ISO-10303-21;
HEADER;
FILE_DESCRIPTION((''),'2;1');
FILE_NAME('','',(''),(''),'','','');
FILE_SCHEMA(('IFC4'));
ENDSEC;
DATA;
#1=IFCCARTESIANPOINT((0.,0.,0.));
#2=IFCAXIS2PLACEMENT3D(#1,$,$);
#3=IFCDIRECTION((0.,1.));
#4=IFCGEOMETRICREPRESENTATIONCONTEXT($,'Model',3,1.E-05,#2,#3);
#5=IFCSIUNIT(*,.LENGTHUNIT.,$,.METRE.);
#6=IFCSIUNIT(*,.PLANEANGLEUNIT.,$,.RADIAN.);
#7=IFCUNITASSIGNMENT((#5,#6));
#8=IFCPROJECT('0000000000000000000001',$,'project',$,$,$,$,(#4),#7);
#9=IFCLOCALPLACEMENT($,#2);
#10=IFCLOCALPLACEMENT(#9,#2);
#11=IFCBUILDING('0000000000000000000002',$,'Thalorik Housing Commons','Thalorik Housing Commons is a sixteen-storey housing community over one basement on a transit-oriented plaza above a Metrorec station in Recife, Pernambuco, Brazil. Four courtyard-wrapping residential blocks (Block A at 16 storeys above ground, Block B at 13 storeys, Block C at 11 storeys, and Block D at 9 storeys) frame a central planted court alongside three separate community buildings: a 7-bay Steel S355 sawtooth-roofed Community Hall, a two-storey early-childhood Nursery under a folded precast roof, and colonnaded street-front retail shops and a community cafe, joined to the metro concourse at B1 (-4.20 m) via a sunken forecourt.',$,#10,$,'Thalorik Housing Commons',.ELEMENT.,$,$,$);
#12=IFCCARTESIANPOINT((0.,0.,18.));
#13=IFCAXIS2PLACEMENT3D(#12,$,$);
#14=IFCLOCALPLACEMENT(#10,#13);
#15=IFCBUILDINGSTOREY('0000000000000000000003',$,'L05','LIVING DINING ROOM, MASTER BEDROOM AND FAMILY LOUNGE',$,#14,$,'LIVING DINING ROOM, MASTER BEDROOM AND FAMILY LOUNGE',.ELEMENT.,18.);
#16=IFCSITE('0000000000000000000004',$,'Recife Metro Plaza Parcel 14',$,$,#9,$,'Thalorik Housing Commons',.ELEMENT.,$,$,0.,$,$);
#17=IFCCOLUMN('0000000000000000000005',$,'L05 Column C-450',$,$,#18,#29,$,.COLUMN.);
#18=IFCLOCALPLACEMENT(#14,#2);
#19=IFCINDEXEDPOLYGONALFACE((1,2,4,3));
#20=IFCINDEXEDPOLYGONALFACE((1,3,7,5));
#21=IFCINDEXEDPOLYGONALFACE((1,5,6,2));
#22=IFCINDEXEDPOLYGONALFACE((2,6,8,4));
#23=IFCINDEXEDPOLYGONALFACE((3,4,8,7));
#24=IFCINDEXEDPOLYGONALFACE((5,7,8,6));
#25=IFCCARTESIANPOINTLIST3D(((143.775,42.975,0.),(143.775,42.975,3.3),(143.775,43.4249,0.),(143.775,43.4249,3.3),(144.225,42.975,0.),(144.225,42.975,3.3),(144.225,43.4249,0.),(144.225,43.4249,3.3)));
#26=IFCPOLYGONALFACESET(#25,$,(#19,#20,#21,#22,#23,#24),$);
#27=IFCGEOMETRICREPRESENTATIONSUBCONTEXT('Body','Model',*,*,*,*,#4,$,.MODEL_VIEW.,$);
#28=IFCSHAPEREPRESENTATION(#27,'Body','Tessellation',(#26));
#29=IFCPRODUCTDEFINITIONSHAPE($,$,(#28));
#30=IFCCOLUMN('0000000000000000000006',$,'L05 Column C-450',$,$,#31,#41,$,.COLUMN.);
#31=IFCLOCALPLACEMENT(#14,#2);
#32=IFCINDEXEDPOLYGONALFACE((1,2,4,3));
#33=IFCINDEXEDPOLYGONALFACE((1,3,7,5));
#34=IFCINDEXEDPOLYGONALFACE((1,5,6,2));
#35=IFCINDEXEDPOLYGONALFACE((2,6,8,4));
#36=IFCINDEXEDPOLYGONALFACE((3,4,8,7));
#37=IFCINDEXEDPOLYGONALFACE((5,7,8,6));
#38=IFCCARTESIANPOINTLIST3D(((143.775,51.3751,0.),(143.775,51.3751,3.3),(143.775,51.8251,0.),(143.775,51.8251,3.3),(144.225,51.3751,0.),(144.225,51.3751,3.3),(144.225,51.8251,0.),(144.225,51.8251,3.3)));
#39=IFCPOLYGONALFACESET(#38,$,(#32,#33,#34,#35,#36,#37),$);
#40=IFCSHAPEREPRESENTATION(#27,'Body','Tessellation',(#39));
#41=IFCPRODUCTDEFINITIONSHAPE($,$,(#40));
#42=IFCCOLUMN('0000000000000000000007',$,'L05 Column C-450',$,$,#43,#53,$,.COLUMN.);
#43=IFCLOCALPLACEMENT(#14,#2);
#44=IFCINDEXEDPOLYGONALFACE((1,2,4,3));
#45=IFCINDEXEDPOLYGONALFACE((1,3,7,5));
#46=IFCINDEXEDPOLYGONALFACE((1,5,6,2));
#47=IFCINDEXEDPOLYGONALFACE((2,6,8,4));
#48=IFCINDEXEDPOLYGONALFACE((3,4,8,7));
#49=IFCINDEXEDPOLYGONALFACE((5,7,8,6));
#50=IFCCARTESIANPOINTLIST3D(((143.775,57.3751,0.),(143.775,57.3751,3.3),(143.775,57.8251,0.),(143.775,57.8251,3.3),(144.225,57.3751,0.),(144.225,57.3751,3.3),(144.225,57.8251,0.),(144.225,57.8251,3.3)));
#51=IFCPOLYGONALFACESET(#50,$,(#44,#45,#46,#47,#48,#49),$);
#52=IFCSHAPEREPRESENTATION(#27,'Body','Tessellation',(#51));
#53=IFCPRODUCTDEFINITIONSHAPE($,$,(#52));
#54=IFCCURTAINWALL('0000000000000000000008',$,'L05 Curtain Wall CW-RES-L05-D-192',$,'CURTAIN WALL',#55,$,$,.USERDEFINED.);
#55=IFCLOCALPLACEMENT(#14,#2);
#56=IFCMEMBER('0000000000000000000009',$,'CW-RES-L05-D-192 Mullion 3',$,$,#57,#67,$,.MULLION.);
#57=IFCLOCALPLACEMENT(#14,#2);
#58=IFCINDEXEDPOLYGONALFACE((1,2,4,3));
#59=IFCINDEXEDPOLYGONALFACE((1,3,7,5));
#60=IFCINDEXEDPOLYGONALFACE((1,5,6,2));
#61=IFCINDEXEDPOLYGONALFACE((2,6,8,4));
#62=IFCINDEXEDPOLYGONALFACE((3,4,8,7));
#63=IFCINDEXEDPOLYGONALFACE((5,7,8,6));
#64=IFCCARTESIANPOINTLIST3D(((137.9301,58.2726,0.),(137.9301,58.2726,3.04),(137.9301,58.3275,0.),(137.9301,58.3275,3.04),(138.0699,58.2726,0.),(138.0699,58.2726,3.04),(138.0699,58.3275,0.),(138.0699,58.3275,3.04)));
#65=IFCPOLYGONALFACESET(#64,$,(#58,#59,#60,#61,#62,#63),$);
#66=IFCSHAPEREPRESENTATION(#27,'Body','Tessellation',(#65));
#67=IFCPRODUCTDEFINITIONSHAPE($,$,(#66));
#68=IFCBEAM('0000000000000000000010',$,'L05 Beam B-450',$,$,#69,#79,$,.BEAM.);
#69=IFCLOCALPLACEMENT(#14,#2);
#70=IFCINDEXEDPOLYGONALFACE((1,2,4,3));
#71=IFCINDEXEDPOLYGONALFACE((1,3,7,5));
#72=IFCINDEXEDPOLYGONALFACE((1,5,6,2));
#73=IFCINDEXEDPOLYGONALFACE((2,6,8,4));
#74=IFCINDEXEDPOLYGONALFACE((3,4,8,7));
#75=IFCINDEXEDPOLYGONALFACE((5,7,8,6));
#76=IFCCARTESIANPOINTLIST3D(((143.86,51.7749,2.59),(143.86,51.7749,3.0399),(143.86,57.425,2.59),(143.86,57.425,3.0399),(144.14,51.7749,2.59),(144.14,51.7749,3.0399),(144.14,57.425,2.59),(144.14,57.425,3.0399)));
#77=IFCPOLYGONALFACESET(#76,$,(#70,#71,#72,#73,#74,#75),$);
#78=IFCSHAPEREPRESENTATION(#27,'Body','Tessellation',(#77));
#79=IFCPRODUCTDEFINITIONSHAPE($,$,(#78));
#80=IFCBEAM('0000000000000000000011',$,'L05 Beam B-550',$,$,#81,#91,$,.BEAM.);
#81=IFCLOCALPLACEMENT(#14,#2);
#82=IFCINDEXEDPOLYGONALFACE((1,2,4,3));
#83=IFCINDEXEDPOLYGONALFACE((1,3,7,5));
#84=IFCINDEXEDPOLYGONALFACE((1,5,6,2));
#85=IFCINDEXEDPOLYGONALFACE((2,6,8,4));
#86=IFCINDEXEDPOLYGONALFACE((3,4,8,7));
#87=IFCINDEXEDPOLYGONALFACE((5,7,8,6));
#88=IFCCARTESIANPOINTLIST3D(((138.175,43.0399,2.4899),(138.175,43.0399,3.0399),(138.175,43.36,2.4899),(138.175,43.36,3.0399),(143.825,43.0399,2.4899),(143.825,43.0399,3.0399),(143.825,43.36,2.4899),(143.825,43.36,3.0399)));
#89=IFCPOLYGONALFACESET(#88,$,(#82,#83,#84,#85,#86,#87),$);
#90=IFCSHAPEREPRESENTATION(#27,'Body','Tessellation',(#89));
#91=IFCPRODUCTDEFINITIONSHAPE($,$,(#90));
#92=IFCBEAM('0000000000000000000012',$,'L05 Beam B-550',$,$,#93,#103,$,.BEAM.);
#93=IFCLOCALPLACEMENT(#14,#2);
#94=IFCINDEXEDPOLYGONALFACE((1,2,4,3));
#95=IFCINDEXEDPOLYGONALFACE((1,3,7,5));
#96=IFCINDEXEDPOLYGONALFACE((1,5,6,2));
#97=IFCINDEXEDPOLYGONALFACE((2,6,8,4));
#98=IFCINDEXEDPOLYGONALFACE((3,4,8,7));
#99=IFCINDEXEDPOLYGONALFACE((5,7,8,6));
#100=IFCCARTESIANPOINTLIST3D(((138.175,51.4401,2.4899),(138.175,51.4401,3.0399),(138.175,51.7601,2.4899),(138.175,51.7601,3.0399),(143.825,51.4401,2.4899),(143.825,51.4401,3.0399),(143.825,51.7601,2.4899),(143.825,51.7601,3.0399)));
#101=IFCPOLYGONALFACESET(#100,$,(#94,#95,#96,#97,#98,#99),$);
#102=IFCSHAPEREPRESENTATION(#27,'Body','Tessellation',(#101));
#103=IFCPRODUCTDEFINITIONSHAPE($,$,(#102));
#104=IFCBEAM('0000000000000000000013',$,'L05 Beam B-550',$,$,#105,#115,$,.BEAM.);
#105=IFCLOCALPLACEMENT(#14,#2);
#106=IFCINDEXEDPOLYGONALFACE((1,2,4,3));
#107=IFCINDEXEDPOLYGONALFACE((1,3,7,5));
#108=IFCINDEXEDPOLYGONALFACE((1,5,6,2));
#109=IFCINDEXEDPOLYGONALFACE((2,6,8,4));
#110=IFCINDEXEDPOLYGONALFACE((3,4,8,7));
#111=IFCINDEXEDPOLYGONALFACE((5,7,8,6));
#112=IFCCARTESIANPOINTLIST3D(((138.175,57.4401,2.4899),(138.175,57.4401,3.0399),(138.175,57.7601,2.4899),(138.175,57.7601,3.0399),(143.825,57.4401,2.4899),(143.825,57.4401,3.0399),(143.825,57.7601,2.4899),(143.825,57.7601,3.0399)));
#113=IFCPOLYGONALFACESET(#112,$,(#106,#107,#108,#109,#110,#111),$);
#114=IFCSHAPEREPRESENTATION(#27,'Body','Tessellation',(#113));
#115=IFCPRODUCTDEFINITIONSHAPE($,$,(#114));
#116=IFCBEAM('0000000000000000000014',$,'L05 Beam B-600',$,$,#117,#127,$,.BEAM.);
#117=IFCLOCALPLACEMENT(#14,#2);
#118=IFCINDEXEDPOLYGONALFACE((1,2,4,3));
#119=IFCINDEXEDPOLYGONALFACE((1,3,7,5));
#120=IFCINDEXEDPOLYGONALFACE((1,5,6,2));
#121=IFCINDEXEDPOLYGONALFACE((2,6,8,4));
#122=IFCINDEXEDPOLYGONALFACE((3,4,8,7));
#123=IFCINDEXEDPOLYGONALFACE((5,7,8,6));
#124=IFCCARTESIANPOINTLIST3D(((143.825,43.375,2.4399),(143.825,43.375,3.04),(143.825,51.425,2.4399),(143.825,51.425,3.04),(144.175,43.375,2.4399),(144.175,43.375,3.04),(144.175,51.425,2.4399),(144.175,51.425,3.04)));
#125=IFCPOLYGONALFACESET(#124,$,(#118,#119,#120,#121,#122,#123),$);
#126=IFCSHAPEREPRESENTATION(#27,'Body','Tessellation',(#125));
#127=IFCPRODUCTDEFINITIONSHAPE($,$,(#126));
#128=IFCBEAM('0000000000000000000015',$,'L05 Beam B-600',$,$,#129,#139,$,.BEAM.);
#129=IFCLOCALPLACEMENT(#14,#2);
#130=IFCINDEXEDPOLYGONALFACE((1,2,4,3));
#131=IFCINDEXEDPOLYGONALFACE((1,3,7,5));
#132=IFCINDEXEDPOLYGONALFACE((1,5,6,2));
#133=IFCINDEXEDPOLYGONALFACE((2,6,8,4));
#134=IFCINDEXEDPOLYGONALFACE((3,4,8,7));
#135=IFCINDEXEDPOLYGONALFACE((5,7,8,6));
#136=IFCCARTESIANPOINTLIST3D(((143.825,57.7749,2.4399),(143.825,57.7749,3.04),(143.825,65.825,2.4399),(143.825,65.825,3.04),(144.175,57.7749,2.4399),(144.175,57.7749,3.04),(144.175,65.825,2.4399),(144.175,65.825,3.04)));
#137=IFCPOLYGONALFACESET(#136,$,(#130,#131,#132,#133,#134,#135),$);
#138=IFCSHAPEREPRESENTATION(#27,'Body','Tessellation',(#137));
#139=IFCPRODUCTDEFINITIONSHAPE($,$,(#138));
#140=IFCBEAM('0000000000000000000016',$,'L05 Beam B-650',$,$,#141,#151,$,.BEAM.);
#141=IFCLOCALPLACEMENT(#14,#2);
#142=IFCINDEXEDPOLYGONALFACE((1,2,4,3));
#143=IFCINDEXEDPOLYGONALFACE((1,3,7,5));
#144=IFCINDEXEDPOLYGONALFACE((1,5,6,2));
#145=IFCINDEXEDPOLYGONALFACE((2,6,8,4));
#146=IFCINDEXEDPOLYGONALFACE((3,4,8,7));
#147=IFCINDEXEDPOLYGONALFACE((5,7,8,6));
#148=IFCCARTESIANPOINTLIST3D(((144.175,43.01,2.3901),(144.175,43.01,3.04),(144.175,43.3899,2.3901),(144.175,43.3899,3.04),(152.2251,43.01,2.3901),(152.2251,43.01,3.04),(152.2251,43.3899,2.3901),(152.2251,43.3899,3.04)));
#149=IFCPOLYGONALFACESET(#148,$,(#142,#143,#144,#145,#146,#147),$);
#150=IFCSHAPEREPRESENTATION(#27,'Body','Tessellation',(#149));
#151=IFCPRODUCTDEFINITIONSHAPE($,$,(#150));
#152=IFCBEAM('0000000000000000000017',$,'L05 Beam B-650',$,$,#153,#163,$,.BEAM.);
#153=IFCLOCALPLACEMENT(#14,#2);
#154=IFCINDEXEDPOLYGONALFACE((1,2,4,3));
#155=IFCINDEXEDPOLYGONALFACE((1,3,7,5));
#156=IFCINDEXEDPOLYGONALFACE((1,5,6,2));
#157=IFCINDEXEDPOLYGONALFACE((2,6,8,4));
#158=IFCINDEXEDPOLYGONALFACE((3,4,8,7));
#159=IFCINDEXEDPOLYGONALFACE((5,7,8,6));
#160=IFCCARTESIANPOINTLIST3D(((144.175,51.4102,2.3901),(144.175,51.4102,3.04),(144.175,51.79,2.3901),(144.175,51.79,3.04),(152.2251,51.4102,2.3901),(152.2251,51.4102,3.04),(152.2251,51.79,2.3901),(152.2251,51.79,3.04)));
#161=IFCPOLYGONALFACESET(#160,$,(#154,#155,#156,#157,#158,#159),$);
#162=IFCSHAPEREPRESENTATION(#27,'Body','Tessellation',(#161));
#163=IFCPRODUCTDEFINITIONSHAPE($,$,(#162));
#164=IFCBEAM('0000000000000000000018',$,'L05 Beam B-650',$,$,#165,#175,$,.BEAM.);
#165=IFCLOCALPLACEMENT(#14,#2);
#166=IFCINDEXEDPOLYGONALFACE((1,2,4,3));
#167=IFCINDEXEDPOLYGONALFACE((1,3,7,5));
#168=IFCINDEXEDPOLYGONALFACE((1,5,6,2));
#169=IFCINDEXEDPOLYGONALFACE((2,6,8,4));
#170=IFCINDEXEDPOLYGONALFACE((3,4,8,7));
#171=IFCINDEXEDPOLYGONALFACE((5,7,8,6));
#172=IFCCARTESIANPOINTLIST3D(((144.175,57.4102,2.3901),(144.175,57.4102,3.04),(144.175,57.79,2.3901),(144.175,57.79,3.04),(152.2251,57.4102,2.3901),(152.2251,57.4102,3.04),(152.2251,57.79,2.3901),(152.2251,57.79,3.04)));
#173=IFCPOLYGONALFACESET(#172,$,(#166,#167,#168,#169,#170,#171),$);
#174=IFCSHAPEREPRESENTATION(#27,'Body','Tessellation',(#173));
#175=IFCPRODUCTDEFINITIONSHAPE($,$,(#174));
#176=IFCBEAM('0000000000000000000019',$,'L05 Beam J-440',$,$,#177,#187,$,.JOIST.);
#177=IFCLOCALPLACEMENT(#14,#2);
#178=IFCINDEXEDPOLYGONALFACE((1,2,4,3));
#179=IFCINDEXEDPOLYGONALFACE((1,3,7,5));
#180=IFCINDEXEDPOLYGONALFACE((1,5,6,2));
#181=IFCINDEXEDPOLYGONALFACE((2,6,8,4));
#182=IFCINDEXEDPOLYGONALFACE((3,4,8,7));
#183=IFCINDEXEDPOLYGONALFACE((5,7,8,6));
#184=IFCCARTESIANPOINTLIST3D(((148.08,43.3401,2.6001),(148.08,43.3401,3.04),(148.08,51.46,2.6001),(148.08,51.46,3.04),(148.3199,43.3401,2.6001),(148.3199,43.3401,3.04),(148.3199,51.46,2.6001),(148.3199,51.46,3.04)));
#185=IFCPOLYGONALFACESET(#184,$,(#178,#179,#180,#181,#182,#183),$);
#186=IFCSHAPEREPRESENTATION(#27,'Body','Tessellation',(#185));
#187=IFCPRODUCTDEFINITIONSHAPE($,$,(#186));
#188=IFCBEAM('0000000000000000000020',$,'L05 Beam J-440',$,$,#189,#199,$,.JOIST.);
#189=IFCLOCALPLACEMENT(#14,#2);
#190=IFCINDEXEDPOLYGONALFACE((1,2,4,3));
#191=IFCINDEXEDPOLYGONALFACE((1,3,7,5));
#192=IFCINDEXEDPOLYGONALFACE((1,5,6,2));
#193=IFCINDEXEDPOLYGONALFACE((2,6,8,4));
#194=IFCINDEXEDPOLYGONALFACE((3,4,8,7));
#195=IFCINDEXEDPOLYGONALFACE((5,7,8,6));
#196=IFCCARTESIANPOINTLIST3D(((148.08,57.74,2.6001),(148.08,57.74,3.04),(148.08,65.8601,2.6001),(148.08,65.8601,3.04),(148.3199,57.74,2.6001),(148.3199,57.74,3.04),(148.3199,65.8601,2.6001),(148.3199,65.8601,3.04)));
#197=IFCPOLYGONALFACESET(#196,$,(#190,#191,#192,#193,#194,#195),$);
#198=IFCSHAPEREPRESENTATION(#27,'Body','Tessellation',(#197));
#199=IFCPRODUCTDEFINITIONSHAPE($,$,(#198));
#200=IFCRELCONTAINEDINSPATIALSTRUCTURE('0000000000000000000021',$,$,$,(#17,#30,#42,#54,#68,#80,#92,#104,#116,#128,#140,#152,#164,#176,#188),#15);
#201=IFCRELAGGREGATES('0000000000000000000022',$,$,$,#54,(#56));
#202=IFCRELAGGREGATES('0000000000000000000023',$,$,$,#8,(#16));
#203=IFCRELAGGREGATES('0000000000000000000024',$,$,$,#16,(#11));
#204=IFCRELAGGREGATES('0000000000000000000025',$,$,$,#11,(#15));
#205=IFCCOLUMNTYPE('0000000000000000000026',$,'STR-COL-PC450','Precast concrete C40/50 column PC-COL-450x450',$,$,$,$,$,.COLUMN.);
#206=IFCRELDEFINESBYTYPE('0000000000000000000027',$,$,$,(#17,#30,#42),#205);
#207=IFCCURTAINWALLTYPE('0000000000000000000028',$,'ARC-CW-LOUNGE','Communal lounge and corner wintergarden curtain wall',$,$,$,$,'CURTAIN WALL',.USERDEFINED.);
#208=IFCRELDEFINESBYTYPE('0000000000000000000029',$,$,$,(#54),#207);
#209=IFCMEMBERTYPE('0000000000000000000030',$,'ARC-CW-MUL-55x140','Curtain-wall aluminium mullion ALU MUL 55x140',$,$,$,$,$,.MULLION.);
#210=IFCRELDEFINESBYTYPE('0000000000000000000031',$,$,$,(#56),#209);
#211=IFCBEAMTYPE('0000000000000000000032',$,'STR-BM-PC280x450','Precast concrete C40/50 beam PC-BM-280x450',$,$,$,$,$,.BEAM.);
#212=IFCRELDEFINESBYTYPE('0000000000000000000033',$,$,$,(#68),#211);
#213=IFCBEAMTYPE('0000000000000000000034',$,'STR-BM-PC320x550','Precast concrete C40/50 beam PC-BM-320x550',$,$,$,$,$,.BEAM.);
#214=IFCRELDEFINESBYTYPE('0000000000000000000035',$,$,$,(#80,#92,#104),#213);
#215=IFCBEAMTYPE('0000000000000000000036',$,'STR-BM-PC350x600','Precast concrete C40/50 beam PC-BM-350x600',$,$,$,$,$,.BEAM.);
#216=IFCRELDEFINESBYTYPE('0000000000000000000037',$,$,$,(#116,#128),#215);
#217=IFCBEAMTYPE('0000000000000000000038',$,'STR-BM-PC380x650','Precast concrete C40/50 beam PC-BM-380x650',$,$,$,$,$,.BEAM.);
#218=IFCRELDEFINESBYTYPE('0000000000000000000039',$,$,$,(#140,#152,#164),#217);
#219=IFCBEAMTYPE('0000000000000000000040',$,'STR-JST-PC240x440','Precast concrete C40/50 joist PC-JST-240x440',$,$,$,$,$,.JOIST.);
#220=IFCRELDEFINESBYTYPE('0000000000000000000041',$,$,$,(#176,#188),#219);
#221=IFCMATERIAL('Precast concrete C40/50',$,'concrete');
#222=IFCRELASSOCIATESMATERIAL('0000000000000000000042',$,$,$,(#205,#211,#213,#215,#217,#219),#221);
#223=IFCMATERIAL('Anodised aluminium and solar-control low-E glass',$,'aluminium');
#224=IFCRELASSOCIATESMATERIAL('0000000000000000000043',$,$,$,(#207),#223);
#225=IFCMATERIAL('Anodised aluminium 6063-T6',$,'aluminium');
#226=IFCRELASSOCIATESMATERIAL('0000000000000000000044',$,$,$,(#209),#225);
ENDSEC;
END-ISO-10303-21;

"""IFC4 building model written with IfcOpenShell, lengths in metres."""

from ifc_helpers import new_model, si_unit, direction, frame, origin, origin_2d, place, context, subcontext, project, spatial, rectangle, extrude, material, material_profile, profile_set, type_object, element, aggregate, save


model = new_model("IFC4")

# Units and contexts
model_context = context("Model", 3, precision=1e-05, world=origin(), true_north=direction((0.0, 1.0)))
body_context = subcontext(model_context, "Body", "Model", "MODEL_VIEW")
ifc_project = project(units=[si_unit("LENGTHUNIT", "METRE"), si_unit("PLANEANGLEUNIT", "RADIAN")], contexts=[model_context])

# Site, building, storey
site_placement = place(None, origin())
site = spatial("IfcSite", under=ifc_project, at=site_placement, Name="Recife Metro Plaza Parcel 14", LongName="Thalorik Housing Commons", CompositionType="ELEMENT", RefElevation=0.0)
building_placement = place(site_placement, origin())
building = spatial("IfcBuilding", under=site, at=building_placement, Name="Thalorik Housing Commons", Description="Thalorik Housing Commons is a sixteen-storey housing community over one basement on a transit-oriented plaza above a Metrorec station in Recife, Pernambuco, Brazil. Four courtyard-wrapping residential blocks (Block A at 16 storeys above ground, Block B at 13 storeys, Block C at 11 storeys, and Block D at 9 storeys) frame a central planted court alongside three separate community buildings: a 7-bay Steel S355 sawtooth-roofed Community Hall, a two-storey early-childhood Nursery under a folded precast roof, and colonnaded street-front retail shops and a community cafe, joined to the metro concourse at B1 (-4.20 m) via a sunken forecourt.", LongName="Thalorik Housing Commons", CompositionType="ELEMENT")
storey_placement = place(building_placement, frame((0.0, 0.0, 18.0)))
storey = spatial("IfcBuildingStorey", under=building, at=storey_placement, Name="L05", Description="LIVING DINING ROOM, MASTER BEDROOM AND FAMILY LOUNGE", LongName="LIVING DINING ROOM, MASTER BEDROOM AND FAMILY LOUNGE", CompositionType="ELEMENT", Elevation=18.0)

# Columns
ifc_material_1 = material(Name="Precast concrete C40/50", Category="concrete")
ifc_material_profile_1 = material_profile(ifc_material_1, rectangle(XDim=0.45, YDim=0.45, at=origin_2d()), Name="PC 450x450", Category="concrete")
ifc_profile_set_1 = profile_set([ifc_material_profile_1], Name="Precast concrete C40/50")
column_type = type_object("IfcColumnType", Name="STR-COL-PC450", Description="Precast concrete C40/50 column PC-COL-450x450", PredefinedType="COLUMN", material=ifc_profile_set_1)
for number, where, z_axis, x_axis, name in (
    (1, (144.0, 43.2, 0.0), (0.0, 0.0, 1.0), (1.0, 0.0, 0.0), "L05 Column C-450"),
    (2, (144.0, 51.6001, 0.0), (0.0, 0.0, 1.0), (1.0, 0.0, 0.0), "L05 Column C-450"),
    (3, (144.0, 57.6001, 0.0), (0.0, 0.0, 1.0), (1.0, 0.0, 0.0), "L05 Column C-450"),
):
    element("IfcColumn", number, at=place(storey_placement, frame(where, z_axis=z_axis, x_axis=x_axis)), inside=storey, type_object=column_type, Name=name, PredefinedType="COLUMN", context=body_context, shape_type="SweptSolid", body=[
        extrude(rectangle(XDim=0.45, YDim=0.45, at=origin_2d()), origin(), (0.0, 0.0, 1.0), 3.3),
    ])

# Curtain wall, member
ifc_material_2 = material(Name="Anodised aluminium and solar-control low-E glass", Category="aluminium")
curtain_wall_type = type_object("IfcCurtainWallType", Name="ARC-CW-LOUNGE", Description="Communal lounge and corner wintergarden curtain wall", ElementType="CURTAIN WALL", PredefinedType="USERDEFINED", material=ifc_material_2)
curtain_wall_placement = place(storey_placement, origin())
curtain_wall = element("IfcCurtainWall", 4, at=curtain_wall_placement, inside=storey, type_object=curtain_wall_type, Name="L05 Curtain Wall CW-RES-L05-D-192", ObjectType="CURTAIN WALL", PredefinedType="USERDEFINED")
ifc_material_3 = material(Name="Anodised aluminium 6063-T6", Category="aluminium")
ifc_material_profile_2 = material_profile(ifc_material_3, rectangle(XDim=0.0549, YDim=0.1399, at=origin_2d()), Name="ALU MUL 55x140", Category="aluminium")
ifc_profile_set_2 = profile_set([ifc_material_profile_2], Name="Anodised aluminium 6063-T6")
member_type = type_object("IfcMemberType", Name="ARC-CW-MUL-55x140", Description="Curtain-wall aluminium mullion ALU MUL 55x140", PredefinedType="MULLION", material=ifc_profile_set_2)
member_placement = place(storey_placement, frame((138.0, 58.3, 0.0), z_axis=(0.0, 0.0, 1.0), x_axis=(0.0, -1.0, 0.0)))
member = element("IfcMember", 5, at=member_placement, type_object=member_type, Name="CW-RES-L05-D-192 Mullion 3", PredefinedType="MULLION", context=body_context, shape_type="SweptSolid", body=[
    extrude(rectangle(XDim=0.0549, YDim=0.1399, at=origin_2d()), origin(), (0.0, 0.0, 1.0), 3.04),
])
aggregate(curtain_wall, [member])

# Beams
ifc_material_profile_3 = material_profile(ifc_material_1, rectangle(XDim=0.28, YDim=0.45, at=origin_2d()), Name="PC 280x450", Category="concrete")
ifc_profile_set_3 = profile_set([ifc_material_profile_3], Name="Precast concrete C40/50")
beam_type_1 = type_object("IfcBeamType", Name="STR-BM-PC280x450", Description="Precast concrete C40/50 beam PC-BM-280x450", PredefinedType="BEAM", material=ifc_profile_set_3)
beam_1_placement = place(storey_placement, frame((144.0, 51.7749, 2.8149), z_axis=(0.0, 1.0, 0.0), x_axis=(-1.0, 0.0, 0.0)))
element("IfcBeam", 6, at=beam_1_placement, inside=storey, type_object=beam_type_1, Name="L05 Beam B-450", PredefinedType="BEAM", context=body_context, shape_type="SweptSolid", body=[
    extrude(rectangle(XDim=0.28, YDim=0.45, at=origin_2d()), origin(), (0.0, 0.0, 1.0), 5.6501),
])
ifc_material_profile_4 = material_profile(ifc_material_1, rectangle(XDim=0.3201, YDim=0.55, at=origin_2d()), Name="PC 320x550", Category="concrete")
ifc_profile_set_4 = profile_set([ifc_material_profile_4], Name="Precast concrete C40/50")
beam_type_2 = type_object("IfcBeamType", Name="STR-BM-PC320x550", Description="Precast concrete C40/50 beam PC-BM-320x550", PredefinedType="BEAM", material=ifc_profile_set_4)
for number, where, z_axis, x_axis, name in (
    (7, (138.175, 43.2, 2.7649), (1.0, 0.0, 0.0), (0.0, 1.0, 0.0), "L05 Beam B-550"),
    (8, (138.175, 51.6001, 2.7649), (1.0, 0.0, 0.0), (0.0, 1.0, 0.0), "L05 Beam B-550"),
    (9, (138.175, 57.6001, 2.7649), (1.0, 0.0, 0.0), (0.0, 1.0, 0.0), "L05 Beam B-550"),
):
    element("IfcBeam", number, at=place(storey_placement, frame(where, z_axis=z_axis, x_axis=x_axis)), inside=storey, type_object=beam_type_2, Name=name, PredefinedType="BEAM", context=body_context, shape_type="SweptSolid", body=[
        extrude(rectangle(XDim=0.3201, YDim=0.55, at=origin_2d()), origin(), (0.0, 0.0, 1.0), 5.6499),
    ])
ifc_material_profile_5 = material_profile(ifc_material_1, rectangle(XDim=0.3501, YDim=0.6001, at=origin_2d()), Name="PC 350x600", Category="concrete")
ifc_profile_set_5 = profile_set([ifc_material_profile_5], Name="Precast concrete C40/50")
beam_type_3 = type_object("IfcBeamType", Name="STR-BM-PC350x600", Description="Precast concrete C40/50 beam PC-BM-350x600", PredefinedType="BEAM", material=ifc_profile_set_5)
for number, where, z_axis, x_axis, name in (
    (10, (144.0, 43.375, 2.74), (0.0, 1.0, 0.0), (-1.0, 0.0, 0.0), "L05 Beam B-600"),
    (11, (144.0, 57.7749, 2.74), (0.0, 1.0, 0.0), (-1.0, 0.0, 0.0), "L05 Beam B-600"),
):
    element("IfcBeam", number, at=place(storey_placement, frame(where, z_axis=z_axis, x_axis=x_axis)), inside=storey, type_object=beam_type_3, Name=name, PredefinedType="BEAM", context=body_context, shape_type="SweptSolid", body=[
        extrude(rectangle(XDim=0.3501, YDim=0.6001, at=origin_2d()), origin(), (0.0, 0.0, 1.0), 8.05),
    ])
ifc_material_profile_6 = material_profile(ifc_material_1, rectangle(XDim=0.3799, YDim=0.6499, at=origin_2d()), Name="PC 380x650", Category="concrete")
ifc_profile_set_6 = profile_set([ifc_material_profile_6], Name="Precast concrete C40/50")
beam_type_4 = type_object("IfcBeamType", Name="STR-BM-PC380x650", Description="Precast concrete C40/50 beam PC-BM-380x650", PredefinedType="BEAM", material=ifc_profile_set_6)
for number, where, z_axis, x_axis, name in (
    (12, (144.175, 43.2, 2.7151), (1.0, 0.0, 0.0), (0.0, 1.0, 0.0), "L05 Beam B-650"),
    (13, (144.175, 51.6001, 2.7151), (1.0, 0.0, 0.0), (0.0, 1.0, 0.0), "L05 Beam B-650"),
    (14, (144.175, 57.6001, 2.7151), (1.0, 0.0, 0.0), (0.0, 1.0, 0.0), "L05 Beam B-650"),
):
    element("IfcBeam", number, at=place(storey_placement, frame(where, z_axis=z_axis, x_axis=x_axis)), inside=storey, type_object=beam_type_4, Name=name, PredefinedType="BEAM", context=body_context, shape_type="SweptSolid", body=[
        extrude(rectangle(XDim=0.3799, YDim=0.6499, at=origin_2d()), origin(), (0.0, 0.0, 1.0), 8.05),
    ])
ifc_material_profile_7 = material_profile(ifc_material_1, rectangle(XDim=0.24, YDim=0.4399, at=origin_2d()), Name="PC JST 240x440", Category="concrete")
ifc_profile_set_7 = profile_set([ifc_material_profile_7], Name="Precast concrete C40/50")
beam_type_5 = type_object("IfcBeamType", Name="STR-JST-PC240x440", Description="Precast concrete C40/50 joist PC-JST-240x440", PredefinedType="JOIST", material=ifc_profile_set_7)
beam_2_placement = place(storey_placement, frame((148.2, 43.3401, 2.8201), z_axis=(0.0, 1.0, 0.0), x_axis=(-1.0, 0.0, 0.0)))
element("IfcBeam", 15, at=beam_2_placement, inside=storey, type_object=beam_type_5, Name="L05 Beam J-440", PredefinedType="JOIST", context=body_context, shape_type="SweptSolid", body=[
    extrude(rectangle(XDim=0.24, YDim=0.4399, at=origin_2d()), origin(), (0.0, 0.0, 1.0), 8.1199),
])
beam_3_placement = place(storey_placement, frame((148.2, 57.74, 2.8201), z_axis=(0.0, 1.0, 0.0), x_axis=(-1.0, 0.0, 0.0)))
element("IfcBeam", 16, at=beam_3_placement, inside=storey, type_object=beam_type_5, Name="L05 Beam J-440", PredefinedType="JOIST", context=body_context, shape_type="SweptSolid", body=[
    extrude(rectangle(XDim=0.24, YDim=0.4399, at=origin_2d()), origin(), (0.0, 0.0, 1.0), 8.1201),
])

save(model, "model.ifc")
